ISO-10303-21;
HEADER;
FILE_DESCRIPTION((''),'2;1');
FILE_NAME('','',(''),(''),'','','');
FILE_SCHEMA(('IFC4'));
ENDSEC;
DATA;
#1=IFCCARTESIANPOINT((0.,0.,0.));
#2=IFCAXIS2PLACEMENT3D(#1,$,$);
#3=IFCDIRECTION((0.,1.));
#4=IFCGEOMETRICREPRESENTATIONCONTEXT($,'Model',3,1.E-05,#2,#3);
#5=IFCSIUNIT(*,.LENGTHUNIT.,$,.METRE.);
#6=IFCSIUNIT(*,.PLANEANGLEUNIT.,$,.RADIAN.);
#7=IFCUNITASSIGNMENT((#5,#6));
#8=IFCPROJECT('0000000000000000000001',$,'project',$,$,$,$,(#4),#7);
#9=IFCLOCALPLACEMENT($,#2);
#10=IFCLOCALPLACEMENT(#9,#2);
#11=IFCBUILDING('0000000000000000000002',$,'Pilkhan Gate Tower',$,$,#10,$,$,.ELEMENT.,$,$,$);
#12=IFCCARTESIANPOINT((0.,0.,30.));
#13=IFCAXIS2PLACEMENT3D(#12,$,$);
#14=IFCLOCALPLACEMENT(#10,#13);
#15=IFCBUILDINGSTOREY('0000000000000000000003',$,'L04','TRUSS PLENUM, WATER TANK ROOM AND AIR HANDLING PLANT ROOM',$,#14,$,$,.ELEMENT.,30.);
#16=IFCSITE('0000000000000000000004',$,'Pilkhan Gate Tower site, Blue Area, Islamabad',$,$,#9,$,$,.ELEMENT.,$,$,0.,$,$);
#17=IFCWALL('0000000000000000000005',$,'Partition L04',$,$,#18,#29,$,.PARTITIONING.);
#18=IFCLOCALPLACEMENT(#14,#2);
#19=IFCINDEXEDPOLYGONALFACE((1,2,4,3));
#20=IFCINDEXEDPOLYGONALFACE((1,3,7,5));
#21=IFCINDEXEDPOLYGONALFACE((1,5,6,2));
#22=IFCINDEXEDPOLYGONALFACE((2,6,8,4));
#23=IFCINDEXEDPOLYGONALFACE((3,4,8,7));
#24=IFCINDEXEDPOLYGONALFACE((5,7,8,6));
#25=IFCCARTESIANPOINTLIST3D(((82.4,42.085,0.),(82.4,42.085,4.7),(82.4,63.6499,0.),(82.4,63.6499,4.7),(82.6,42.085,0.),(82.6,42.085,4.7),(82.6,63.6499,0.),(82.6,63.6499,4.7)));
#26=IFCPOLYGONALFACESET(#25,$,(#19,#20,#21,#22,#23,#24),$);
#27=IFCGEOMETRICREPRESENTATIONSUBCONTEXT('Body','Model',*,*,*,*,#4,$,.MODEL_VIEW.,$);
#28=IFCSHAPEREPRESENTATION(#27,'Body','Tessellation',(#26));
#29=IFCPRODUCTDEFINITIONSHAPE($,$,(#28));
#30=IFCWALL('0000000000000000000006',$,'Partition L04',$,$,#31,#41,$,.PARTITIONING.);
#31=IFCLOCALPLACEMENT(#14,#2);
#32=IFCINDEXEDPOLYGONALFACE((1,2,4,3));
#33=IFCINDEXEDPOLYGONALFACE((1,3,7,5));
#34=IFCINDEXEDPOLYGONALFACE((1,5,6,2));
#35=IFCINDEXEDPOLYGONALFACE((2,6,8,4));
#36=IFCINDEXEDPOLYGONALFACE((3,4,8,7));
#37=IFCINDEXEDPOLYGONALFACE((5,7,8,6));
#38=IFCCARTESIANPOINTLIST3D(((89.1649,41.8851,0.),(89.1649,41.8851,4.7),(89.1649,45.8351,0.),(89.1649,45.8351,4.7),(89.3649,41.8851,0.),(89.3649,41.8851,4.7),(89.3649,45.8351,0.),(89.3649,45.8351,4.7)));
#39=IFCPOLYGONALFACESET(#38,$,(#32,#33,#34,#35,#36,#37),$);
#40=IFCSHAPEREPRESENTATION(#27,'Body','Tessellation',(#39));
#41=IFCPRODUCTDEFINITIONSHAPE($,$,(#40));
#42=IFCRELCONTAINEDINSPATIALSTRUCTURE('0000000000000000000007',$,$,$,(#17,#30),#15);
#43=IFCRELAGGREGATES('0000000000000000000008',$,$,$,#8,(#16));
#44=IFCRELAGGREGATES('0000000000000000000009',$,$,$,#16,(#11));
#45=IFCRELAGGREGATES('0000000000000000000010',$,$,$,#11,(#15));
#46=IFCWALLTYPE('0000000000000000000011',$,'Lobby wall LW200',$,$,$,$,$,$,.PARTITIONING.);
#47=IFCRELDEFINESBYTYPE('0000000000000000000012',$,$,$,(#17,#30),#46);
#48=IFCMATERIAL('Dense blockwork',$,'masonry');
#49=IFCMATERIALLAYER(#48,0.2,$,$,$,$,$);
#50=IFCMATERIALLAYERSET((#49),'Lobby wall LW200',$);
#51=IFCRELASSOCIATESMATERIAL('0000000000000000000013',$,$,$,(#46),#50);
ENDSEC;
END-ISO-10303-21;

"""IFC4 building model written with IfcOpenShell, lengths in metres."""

from ifc_helpers import new_model, si_unit, direction, frame, frame_2d, origin, place, context, subcontext, project, spatial, rectangle, extrude, material, layer, layer_set, type_object, element, save


model = new_model("IFC4")

# Units and contexts
model_context = context("Model", 3, precision=1e-05, world=origin(), true_north=direction((0.0, 1.0)))
body_context = subcontext(model_context, "Body", "Model", "MODEL_VIEW")
ifc_project = project(units=[si_unit("LENGTHUNIT", "METRE"), si_unit("PLANEANGLEUNIT", "RADIAN")], contexts=[model_context])

# Site, building, storey
site_placement = place(None, origin())
site = spatial("IfcSite", under=ifc_project, at=site_placement, Name="Pilkhan Gate Tower site, Blue Area, Islamabad", CompositionType="ELEMENT", RefElevation=0.0)
building_placement = place(site_placement, origin())
building = spatial("IfcBuilding", under=site, at=building_placement, Name="Pilkhan Gate Tower", CompositionType="ELEMENT")
storey_placement = place(building_placement, frame((0.0, 0.0, 30.0)))
storey = spatial("IfcBuildingStorey", under=building, at=storey_placement, Name="L04", Description="TRUSS PLENUM, WATER TANK ROOM AND AIR HANDLING PLANT ROOM", CompositionType="ELEMENT", Elevation=30.0)

# Walls
ifc_material_1 = material(Name="Dense blockwork", Category="masonry")
ifc_layer = layer(ifc_material_1, 0.2)
ifc_layer_set = layer_set([ifc_layer], Name="Lobby wall LW200")
wall_type = type_object("IfcWallType", Name="Lobby wall LW200", PredefinedType="PARTITIONING", material=ifc_layer_set)
for number, where, z_axis, x_axis, name in (
    (1, (82.5, 42.085, 0.0), (0.0, 0.0, 1.0), (0.0, 1.0, 0.0), "Partition L04"),
):
    element("IfcWall", number, at=place(storey_placement, frame(where, z_axis=z_axis, x_axis=x_axis)), inside=storey, type_object=wall_type, Name=name, PredefinedType="PARTITIONING", context=body_context, shape_type="SweptSolid", body=[
        extrude(rectangle(XDim=21.5649, YDim=0.2, at=frame_2d((10.7825, 0.0))), origin(), (0.0, 0.0, 1.0), 4.7),
    ])
wall_1_placement = place(storey_placement, frame((89.2649, 41.885, 0.0), z_axis=(0.0, 0.0, 1.0), x_axis=(0.0, 1.0, 0.0)))
element("IfcWall", 2, at=wall_1_placement, inside=storey, type_object=wall_type, Name="Partition L04", PredefinedType="PARTITIONING", context=body_context, shape_type="SweptSolid", body=[
    extrude(rectangle(XDim=3.95, YDim=0.2, at=frame_2d((1.9751, 0.0))), origin(), (0.0, 0.0, 1.0), 4.7),
])

save(model, "model.ifc")
